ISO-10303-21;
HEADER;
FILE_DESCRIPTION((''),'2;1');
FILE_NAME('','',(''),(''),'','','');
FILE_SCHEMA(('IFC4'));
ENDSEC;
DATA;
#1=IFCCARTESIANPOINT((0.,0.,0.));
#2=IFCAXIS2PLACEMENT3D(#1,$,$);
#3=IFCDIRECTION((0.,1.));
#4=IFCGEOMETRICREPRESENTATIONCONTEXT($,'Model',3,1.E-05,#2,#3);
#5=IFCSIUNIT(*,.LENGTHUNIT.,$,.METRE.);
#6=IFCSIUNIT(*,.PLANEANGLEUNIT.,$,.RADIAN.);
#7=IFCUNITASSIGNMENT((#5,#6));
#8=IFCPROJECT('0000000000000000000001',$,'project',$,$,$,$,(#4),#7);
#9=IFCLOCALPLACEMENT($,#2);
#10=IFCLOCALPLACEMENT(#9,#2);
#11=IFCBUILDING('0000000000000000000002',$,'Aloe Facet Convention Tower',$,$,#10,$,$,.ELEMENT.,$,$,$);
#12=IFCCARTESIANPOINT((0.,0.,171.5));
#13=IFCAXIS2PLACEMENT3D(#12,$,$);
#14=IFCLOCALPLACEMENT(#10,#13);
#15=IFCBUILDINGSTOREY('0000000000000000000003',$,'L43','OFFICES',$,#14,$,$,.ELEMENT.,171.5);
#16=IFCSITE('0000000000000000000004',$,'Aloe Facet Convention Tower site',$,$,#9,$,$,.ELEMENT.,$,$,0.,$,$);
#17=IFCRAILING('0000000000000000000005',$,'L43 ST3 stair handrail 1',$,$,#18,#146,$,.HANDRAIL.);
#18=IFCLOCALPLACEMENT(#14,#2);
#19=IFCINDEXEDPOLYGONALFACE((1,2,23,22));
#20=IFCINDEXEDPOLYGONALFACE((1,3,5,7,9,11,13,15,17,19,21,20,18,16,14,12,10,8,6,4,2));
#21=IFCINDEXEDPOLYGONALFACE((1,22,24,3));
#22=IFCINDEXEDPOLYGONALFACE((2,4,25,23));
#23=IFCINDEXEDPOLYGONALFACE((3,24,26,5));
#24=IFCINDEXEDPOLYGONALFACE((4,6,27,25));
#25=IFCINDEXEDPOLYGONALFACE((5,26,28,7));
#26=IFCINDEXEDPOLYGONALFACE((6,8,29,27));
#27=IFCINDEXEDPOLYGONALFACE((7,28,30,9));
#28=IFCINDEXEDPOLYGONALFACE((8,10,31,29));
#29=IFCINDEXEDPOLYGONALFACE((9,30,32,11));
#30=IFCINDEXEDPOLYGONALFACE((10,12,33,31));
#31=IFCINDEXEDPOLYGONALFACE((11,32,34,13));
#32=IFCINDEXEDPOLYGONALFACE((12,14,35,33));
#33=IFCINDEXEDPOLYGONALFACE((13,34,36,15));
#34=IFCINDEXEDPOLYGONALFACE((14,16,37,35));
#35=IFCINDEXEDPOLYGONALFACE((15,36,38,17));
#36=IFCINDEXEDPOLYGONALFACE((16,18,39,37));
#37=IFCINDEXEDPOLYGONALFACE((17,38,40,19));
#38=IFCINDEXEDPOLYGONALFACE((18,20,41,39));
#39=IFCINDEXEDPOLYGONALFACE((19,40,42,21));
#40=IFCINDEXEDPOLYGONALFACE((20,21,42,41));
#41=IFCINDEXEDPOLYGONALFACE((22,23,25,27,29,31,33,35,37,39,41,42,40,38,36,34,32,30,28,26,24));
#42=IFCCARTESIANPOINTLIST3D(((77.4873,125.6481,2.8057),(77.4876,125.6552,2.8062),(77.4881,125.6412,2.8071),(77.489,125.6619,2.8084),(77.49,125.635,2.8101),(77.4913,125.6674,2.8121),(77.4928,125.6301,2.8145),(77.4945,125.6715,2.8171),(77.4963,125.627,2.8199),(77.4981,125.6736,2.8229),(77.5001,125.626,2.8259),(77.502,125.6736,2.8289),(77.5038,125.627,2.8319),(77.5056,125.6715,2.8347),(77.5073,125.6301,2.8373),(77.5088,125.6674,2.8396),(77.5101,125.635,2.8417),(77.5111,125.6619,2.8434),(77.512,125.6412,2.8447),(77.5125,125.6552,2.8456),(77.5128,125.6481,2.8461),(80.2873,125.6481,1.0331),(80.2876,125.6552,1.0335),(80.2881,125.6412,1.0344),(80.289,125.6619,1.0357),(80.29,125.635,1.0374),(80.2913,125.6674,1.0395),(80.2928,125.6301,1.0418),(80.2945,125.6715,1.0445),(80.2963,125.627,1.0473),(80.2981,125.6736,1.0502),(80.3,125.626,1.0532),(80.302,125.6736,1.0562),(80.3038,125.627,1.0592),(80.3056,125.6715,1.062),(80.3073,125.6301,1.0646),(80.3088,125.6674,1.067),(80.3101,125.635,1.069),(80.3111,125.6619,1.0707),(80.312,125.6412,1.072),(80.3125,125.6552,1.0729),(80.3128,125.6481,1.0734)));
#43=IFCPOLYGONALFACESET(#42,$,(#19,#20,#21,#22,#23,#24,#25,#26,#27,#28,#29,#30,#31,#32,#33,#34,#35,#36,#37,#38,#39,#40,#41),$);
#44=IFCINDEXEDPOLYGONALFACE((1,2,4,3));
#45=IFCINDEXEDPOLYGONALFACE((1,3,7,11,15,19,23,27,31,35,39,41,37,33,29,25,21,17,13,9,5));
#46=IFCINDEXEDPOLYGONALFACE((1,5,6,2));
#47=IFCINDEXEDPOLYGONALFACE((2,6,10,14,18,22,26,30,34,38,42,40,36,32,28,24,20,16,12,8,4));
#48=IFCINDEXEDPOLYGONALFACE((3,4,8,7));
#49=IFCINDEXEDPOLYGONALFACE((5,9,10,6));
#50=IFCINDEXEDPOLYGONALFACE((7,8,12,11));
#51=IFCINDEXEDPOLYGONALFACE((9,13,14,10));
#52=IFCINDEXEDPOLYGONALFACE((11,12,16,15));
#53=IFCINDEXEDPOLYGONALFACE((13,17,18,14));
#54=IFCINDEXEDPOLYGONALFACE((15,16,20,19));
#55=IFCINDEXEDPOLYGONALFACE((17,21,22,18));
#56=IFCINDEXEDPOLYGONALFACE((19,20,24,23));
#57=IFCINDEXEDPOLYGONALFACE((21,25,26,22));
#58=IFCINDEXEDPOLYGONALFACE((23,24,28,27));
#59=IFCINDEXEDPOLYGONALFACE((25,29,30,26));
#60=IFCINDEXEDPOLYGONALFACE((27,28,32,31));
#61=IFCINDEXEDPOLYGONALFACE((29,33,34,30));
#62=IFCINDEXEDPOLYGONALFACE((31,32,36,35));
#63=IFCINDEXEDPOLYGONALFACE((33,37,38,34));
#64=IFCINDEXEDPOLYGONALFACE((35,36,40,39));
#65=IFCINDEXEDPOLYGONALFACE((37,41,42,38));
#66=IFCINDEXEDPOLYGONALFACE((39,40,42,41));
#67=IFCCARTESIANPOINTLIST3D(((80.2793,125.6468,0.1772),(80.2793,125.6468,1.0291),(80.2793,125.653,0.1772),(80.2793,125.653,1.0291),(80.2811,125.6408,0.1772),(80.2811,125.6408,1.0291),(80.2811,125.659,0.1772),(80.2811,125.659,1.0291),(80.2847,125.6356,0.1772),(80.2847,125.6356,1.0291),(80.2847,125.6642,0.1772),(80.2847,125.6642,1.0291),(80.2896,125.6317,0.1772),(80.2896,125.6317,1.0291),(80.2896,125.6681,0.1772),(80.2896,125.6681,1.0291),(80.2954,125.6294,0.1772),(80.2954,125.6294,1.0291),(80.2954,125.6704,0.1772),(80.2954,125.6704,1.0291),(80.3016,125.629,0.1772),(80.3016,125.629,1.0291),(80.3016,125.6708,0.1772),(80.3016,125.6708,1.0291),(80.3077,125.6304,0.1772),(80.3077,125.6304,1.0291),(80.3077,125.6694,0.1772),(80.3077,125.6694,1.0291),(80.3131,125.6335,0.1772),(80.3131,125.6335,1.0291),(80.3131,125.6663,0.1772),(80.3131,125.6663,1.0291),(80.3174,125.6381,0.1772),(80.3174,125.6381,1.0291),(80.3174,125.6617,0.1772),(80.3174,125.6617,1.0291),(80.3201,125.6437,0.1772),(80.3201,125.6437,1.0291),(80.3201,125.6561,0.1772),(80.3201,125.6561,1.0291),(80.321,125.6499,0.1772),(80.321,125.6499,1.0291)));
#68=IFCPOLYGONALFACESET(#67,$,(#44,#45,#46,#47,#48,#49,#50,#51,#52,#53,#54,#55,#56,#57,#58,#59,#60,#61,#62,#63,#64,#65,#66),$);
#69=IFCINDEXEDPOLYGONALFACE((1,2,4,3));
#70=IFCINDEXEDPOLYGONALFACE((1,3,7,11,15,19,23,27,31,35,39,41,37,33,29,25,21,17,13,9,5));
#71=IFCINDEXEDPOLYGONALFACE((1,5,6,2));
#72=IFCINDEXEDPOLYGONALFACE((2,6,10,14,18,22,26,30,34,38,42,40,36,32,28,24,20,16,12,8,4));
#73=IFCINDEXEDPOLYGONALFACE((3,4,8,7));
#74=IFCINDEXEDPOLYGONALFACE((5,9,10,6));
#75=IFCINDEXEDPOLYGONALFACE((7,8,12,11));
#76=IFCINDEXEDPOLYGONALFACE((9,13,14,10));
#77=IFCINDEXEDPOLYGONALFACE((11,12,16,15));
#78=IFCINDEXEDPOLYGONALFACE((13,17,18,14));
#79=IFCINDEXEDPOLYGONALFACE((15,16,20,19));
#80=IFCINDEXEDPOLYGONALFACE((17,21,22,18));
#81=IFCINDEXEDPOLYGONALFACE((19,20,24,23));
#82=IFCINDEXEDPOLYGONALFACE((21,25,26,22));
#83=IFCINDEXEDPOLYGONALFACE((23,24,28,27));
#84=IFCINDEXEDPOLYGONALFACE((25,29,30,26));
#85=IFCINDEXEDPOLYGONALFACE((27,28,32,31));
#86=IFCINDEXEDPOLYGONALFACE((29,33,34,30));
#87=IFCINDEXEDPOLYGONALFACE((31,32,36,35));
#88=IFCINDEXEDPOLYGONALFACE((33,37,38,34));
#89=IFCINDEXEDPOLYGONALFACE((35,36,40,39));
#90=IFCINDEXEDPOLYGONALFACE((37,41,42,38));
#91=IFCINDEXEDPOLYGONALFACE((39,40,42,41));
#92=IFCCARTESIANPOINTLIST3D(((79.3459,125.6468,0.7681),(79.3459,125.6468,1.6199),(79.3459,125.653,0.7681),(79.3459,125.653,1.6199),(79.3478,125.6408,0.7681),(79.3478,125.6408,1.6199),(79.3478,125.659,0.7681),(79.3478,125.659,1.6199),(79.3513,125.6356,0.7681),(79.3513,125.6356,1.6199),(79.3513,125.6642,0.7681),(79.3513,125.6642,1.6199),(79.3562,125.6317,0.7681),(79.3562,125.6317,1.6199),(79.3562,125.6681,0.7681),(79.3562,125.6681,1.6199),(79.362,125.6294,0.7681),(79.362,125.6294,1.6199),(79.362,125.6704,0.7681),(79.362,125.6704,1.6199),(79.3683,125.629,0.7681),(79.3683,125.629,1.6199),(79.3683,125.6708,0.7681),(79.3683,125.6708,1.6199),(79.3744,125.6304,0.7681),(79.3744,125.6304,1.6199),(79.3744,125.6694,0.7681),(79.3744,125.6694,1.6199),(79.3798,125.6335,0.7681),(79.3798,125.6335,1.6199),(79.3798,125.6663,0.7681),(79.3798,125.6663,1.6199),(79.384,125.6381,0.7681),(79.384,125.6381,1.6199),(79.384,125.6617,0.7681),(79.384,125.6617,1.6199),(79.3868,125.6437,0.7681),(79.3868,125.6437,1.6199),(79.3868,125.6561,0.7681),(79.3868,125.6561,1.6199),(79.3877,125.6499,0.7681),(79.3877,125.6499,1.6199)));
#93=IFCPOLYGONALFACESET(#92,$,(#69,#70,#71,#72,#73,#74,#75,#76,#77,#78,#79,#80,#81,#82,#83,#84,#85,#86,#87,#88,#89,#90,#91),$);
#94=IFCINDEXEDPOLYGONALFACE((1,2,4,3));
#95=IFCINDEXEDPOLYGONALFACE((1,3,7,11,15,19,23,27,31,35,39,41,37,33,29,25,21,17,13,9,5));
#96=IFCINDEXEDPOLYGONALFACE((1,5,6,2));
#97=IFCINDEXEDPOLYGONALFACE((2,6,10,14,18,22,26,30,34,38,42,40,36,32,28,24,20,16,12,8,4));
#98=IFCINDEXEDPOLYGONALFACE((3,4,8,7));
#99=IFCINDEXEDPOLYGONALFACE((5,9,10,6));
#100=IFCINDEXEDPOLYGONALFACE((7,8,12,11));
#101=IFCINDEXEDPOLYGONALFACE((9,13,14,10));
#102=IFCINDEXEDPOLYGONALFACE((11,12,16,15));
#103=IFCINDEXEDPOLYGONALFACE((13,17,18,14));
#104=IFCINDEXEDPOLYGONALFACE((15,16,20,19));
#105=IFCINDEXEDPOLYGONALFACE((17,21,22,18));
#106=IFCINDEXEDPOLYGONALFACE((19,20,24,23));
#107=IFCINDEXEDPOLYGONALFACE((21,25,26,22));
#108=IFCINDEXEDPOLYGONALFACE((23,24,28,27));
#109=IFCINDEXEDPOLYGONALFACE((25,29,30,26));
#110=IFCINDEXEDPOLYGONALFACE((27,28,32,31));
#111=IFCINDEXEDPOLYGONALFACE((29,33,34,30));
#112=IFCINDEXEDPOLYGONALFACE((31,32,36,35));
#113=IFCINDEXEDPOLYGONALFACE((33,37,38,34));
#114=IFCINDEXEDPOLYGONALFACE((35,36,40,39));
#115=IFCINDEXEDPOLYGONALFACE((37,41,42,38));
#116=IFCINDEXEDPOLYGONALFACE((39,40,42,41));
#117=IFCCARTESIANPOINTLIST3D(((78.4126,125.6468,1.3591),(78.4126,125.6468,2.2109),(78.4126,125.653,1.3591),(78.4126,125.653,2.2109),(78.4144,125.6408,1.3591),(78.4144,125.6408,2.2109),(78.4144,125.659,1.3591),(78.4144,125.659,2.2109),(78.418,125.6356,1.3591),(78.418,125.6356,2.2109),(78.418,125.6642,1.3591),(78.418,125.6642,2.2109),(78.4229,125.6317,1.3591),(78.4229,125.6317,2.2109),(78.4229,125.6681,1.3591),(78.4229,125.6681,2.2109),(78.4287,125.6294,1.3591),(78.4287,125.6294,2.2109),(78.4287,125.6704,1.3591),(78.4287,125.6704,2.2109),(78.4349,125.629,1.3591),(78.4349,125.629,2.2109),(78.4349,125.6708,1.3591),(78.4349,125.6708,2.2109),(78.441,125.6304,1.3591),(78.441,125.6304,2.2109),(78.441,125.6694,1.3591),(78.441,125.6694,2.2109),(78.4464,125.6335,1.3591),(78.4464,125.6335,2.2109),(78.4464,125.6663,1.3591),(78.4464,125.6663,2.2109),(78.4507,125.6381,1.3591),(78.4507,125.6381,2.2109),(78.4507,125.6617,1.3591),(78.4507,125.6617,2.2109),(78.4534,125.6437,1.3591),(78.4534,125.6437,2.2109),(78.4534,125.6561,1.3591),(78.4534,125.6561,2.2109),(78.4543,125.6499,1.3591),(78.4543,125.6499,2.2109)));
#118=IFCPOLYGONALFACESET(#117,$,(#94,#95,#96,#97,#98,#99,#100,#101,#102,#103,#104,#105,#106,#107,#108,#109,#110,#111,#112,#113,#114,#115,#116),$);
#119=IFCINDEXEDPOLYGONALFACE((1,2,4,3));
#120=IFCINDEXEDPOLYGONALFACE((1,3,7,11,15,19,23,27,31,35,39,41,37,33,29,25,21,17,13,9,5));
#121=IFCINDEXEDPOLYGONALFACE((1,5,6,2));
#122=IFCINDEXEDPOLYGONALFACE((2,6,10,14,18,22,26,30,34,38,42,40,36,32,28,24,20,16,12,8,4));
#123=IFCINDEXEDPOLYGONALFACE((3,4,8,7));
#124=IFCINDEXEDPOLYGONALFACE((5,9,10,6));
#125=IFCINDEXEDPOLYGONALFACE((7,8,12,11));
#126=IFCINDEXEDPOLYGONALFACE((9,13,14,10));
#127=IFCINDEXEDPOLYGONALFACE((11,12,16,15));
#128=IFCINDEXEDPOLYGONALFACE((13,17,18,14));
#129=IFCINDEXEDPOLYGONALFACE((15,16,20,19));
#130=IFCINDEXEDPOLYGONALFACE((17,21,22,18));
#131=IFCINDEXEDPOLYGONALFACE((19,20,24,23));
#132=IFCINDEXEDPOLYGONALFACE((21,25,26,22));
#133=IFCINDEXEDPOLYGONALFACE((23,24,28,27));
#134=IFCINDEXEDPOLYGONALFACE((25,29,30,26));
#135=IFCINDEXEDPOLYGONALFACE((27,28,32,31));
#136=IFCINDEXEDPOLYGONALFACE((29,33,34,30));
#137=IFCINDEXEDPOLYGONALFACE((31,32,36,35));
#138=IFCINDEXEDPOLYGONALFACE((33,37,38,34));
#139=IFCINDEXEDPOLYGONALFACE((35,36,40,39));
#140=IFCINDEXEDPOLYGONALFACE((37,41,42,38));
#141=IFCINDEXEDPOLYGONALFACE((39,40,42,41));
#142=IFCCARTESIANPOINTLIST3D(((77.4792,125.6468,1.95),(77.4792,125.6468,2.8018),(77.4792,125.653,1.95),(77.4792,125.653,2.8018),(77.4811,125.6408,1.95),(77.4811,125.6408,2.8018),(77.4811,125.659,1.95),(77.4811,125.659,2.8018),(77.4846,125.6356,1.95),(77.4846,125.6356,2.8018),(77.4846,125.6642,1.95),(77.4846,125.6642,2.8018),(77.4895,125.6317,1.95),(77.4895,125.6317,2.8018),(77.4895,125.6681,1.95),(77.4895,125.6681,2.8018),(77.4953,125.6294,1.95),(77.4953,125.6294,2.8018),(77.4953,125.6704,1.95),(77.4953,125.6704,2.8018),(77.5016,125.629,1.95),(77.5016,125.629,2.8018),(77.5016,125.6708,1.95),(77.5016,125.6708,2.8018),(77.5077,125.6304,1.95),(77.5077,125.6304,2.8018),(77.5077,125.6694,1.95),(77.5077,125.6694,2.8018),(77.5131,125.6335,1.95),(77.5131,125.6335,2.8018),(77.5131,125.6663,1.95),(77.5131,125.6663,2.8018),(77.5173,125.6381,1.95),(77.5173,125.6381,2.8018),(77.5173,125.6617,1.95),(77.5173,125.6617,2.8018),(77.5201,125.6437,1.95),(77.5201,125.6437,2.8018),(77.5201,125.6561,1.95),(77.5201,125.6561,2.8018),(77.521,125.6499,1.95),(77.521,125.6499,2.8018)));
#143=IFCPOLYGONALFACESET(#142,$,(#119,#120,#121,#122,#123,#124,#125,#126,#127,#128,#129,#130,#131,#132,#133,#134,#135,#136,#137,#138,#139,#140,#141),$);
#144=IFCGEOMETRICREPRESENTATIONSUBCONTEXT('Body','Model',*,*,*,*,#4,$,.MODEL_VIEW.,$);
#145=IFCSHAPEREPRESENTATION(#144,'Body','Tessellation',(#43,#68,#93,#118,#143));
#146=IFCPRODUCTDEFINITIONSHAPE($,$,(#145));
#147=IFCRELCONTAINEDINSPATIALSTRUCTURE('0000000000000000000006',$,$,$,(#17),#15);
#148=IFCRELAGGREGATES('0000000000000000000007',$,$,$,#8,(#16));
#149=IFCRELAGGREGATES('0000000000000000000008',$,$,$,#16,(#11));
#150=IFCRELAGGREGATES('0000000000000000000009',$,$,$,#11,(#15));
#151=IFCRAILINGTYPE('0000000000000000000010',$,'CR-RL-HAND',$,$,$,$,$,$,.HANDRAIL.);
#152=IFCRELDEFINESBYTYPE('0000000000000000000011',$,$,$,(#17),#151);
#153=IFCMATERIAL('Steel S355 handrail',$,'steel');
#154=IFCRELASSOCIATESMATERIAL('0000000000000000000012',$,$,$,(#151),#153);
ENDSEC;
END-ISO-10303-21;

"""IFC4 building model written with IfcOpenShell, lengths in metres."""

from ifc_helpers import new_model, si_unit, direction, frame, origin, origin_2d, place, context, subcontext, project, spatial, circle, extrude, material, type_object, element, save


model = new_model("IFC4")

# Units and contexts
model_context = context("Model", 3, precision=1e-05, world=origin(), true_north=direction((0.0, 1.0)))
body_context = subcontext(model_context, "Body", "Model", "MODEL_VIEW")
ifc_project = project(units=[si_unit("LENGTHUNIT", "METRE"), si_unit("PLANEANGLEUNIT", "RADIAN")], contexts=[model_context])

# Site, building, storey
site_placement = place(None, origin())
site = spatial("IfcSite", under=ifc_project, at=site_placement, Name="Aloe Facet Convention Tower site", CompositionType="ELEMENT", RefElevation=0.0)
building_placement = place(site_placement, origin())
building = spatial("IfcBuilding", under=site, at=building_placement, Name="Aloe Facet Convention Tower", CompositionType="ELEMENT")
storey_placement = place(building_placement, frame((0.0, 0.0, 171.5)))
storey = spatial("IfcBuildingStorey", under=building, at=storey_placement, Name="L43", Description="OFFICES", CompositionType="ELEMENT", Elevation=171.5)

# Railing
ifc_material_1 = material(Name="Steel S355 handrail", Category="steel")
railing_type_1 = type_object("IfcRailingType", Name="CR-RL-HAND", PredefinedType="HANDRAIL", material=ifc_material_1)
railing_1_placement = place(storey_placement, frame((80.3, 125.6499, 0.1772)))
element("IfcRailing", 1, at=railing_1_placement, inside=storey, type_object=railing_type_1, Name="L43 ST3 stair handrail 1", PredefinedType="HANDRAIL", context=body_context, shape_type="SweptSolid", body=[
    extrude(circle(Radius=0.0239, at=origin_2d()), frame((0.0, 0.0, 0.876), z_axis=(-0.844909, 0.0, 0.53491), x_axis=(0.0, -1.0, 0.0)), (0.0, 0.0, 1.0), 3.314),
    extrude(circle(Radius=0.021, at=origin_2d()), origin(), (0.0, 0.0, 1.0), 0.8518),
    extrude(circle(Radius=0.021, at=origin_2d()), frame((-0.9333, 0.0, 0.5908)), (0.0, 0.0, 1.0), 0.8518),
    extrude(circle(Radius=0.021, at=origin_2d()), frame((-1.8667, 0.0, 1.1819)), (0.0, 0.0, 1.0), 0.8518),
    extrude(circle(Radius=0.021, at=origin_2d()), frame((-2.8, 0.0, 1.7727)), (0.0, 0.0, 1.0), 0.8518),
])

save(model, "model.ifc")
